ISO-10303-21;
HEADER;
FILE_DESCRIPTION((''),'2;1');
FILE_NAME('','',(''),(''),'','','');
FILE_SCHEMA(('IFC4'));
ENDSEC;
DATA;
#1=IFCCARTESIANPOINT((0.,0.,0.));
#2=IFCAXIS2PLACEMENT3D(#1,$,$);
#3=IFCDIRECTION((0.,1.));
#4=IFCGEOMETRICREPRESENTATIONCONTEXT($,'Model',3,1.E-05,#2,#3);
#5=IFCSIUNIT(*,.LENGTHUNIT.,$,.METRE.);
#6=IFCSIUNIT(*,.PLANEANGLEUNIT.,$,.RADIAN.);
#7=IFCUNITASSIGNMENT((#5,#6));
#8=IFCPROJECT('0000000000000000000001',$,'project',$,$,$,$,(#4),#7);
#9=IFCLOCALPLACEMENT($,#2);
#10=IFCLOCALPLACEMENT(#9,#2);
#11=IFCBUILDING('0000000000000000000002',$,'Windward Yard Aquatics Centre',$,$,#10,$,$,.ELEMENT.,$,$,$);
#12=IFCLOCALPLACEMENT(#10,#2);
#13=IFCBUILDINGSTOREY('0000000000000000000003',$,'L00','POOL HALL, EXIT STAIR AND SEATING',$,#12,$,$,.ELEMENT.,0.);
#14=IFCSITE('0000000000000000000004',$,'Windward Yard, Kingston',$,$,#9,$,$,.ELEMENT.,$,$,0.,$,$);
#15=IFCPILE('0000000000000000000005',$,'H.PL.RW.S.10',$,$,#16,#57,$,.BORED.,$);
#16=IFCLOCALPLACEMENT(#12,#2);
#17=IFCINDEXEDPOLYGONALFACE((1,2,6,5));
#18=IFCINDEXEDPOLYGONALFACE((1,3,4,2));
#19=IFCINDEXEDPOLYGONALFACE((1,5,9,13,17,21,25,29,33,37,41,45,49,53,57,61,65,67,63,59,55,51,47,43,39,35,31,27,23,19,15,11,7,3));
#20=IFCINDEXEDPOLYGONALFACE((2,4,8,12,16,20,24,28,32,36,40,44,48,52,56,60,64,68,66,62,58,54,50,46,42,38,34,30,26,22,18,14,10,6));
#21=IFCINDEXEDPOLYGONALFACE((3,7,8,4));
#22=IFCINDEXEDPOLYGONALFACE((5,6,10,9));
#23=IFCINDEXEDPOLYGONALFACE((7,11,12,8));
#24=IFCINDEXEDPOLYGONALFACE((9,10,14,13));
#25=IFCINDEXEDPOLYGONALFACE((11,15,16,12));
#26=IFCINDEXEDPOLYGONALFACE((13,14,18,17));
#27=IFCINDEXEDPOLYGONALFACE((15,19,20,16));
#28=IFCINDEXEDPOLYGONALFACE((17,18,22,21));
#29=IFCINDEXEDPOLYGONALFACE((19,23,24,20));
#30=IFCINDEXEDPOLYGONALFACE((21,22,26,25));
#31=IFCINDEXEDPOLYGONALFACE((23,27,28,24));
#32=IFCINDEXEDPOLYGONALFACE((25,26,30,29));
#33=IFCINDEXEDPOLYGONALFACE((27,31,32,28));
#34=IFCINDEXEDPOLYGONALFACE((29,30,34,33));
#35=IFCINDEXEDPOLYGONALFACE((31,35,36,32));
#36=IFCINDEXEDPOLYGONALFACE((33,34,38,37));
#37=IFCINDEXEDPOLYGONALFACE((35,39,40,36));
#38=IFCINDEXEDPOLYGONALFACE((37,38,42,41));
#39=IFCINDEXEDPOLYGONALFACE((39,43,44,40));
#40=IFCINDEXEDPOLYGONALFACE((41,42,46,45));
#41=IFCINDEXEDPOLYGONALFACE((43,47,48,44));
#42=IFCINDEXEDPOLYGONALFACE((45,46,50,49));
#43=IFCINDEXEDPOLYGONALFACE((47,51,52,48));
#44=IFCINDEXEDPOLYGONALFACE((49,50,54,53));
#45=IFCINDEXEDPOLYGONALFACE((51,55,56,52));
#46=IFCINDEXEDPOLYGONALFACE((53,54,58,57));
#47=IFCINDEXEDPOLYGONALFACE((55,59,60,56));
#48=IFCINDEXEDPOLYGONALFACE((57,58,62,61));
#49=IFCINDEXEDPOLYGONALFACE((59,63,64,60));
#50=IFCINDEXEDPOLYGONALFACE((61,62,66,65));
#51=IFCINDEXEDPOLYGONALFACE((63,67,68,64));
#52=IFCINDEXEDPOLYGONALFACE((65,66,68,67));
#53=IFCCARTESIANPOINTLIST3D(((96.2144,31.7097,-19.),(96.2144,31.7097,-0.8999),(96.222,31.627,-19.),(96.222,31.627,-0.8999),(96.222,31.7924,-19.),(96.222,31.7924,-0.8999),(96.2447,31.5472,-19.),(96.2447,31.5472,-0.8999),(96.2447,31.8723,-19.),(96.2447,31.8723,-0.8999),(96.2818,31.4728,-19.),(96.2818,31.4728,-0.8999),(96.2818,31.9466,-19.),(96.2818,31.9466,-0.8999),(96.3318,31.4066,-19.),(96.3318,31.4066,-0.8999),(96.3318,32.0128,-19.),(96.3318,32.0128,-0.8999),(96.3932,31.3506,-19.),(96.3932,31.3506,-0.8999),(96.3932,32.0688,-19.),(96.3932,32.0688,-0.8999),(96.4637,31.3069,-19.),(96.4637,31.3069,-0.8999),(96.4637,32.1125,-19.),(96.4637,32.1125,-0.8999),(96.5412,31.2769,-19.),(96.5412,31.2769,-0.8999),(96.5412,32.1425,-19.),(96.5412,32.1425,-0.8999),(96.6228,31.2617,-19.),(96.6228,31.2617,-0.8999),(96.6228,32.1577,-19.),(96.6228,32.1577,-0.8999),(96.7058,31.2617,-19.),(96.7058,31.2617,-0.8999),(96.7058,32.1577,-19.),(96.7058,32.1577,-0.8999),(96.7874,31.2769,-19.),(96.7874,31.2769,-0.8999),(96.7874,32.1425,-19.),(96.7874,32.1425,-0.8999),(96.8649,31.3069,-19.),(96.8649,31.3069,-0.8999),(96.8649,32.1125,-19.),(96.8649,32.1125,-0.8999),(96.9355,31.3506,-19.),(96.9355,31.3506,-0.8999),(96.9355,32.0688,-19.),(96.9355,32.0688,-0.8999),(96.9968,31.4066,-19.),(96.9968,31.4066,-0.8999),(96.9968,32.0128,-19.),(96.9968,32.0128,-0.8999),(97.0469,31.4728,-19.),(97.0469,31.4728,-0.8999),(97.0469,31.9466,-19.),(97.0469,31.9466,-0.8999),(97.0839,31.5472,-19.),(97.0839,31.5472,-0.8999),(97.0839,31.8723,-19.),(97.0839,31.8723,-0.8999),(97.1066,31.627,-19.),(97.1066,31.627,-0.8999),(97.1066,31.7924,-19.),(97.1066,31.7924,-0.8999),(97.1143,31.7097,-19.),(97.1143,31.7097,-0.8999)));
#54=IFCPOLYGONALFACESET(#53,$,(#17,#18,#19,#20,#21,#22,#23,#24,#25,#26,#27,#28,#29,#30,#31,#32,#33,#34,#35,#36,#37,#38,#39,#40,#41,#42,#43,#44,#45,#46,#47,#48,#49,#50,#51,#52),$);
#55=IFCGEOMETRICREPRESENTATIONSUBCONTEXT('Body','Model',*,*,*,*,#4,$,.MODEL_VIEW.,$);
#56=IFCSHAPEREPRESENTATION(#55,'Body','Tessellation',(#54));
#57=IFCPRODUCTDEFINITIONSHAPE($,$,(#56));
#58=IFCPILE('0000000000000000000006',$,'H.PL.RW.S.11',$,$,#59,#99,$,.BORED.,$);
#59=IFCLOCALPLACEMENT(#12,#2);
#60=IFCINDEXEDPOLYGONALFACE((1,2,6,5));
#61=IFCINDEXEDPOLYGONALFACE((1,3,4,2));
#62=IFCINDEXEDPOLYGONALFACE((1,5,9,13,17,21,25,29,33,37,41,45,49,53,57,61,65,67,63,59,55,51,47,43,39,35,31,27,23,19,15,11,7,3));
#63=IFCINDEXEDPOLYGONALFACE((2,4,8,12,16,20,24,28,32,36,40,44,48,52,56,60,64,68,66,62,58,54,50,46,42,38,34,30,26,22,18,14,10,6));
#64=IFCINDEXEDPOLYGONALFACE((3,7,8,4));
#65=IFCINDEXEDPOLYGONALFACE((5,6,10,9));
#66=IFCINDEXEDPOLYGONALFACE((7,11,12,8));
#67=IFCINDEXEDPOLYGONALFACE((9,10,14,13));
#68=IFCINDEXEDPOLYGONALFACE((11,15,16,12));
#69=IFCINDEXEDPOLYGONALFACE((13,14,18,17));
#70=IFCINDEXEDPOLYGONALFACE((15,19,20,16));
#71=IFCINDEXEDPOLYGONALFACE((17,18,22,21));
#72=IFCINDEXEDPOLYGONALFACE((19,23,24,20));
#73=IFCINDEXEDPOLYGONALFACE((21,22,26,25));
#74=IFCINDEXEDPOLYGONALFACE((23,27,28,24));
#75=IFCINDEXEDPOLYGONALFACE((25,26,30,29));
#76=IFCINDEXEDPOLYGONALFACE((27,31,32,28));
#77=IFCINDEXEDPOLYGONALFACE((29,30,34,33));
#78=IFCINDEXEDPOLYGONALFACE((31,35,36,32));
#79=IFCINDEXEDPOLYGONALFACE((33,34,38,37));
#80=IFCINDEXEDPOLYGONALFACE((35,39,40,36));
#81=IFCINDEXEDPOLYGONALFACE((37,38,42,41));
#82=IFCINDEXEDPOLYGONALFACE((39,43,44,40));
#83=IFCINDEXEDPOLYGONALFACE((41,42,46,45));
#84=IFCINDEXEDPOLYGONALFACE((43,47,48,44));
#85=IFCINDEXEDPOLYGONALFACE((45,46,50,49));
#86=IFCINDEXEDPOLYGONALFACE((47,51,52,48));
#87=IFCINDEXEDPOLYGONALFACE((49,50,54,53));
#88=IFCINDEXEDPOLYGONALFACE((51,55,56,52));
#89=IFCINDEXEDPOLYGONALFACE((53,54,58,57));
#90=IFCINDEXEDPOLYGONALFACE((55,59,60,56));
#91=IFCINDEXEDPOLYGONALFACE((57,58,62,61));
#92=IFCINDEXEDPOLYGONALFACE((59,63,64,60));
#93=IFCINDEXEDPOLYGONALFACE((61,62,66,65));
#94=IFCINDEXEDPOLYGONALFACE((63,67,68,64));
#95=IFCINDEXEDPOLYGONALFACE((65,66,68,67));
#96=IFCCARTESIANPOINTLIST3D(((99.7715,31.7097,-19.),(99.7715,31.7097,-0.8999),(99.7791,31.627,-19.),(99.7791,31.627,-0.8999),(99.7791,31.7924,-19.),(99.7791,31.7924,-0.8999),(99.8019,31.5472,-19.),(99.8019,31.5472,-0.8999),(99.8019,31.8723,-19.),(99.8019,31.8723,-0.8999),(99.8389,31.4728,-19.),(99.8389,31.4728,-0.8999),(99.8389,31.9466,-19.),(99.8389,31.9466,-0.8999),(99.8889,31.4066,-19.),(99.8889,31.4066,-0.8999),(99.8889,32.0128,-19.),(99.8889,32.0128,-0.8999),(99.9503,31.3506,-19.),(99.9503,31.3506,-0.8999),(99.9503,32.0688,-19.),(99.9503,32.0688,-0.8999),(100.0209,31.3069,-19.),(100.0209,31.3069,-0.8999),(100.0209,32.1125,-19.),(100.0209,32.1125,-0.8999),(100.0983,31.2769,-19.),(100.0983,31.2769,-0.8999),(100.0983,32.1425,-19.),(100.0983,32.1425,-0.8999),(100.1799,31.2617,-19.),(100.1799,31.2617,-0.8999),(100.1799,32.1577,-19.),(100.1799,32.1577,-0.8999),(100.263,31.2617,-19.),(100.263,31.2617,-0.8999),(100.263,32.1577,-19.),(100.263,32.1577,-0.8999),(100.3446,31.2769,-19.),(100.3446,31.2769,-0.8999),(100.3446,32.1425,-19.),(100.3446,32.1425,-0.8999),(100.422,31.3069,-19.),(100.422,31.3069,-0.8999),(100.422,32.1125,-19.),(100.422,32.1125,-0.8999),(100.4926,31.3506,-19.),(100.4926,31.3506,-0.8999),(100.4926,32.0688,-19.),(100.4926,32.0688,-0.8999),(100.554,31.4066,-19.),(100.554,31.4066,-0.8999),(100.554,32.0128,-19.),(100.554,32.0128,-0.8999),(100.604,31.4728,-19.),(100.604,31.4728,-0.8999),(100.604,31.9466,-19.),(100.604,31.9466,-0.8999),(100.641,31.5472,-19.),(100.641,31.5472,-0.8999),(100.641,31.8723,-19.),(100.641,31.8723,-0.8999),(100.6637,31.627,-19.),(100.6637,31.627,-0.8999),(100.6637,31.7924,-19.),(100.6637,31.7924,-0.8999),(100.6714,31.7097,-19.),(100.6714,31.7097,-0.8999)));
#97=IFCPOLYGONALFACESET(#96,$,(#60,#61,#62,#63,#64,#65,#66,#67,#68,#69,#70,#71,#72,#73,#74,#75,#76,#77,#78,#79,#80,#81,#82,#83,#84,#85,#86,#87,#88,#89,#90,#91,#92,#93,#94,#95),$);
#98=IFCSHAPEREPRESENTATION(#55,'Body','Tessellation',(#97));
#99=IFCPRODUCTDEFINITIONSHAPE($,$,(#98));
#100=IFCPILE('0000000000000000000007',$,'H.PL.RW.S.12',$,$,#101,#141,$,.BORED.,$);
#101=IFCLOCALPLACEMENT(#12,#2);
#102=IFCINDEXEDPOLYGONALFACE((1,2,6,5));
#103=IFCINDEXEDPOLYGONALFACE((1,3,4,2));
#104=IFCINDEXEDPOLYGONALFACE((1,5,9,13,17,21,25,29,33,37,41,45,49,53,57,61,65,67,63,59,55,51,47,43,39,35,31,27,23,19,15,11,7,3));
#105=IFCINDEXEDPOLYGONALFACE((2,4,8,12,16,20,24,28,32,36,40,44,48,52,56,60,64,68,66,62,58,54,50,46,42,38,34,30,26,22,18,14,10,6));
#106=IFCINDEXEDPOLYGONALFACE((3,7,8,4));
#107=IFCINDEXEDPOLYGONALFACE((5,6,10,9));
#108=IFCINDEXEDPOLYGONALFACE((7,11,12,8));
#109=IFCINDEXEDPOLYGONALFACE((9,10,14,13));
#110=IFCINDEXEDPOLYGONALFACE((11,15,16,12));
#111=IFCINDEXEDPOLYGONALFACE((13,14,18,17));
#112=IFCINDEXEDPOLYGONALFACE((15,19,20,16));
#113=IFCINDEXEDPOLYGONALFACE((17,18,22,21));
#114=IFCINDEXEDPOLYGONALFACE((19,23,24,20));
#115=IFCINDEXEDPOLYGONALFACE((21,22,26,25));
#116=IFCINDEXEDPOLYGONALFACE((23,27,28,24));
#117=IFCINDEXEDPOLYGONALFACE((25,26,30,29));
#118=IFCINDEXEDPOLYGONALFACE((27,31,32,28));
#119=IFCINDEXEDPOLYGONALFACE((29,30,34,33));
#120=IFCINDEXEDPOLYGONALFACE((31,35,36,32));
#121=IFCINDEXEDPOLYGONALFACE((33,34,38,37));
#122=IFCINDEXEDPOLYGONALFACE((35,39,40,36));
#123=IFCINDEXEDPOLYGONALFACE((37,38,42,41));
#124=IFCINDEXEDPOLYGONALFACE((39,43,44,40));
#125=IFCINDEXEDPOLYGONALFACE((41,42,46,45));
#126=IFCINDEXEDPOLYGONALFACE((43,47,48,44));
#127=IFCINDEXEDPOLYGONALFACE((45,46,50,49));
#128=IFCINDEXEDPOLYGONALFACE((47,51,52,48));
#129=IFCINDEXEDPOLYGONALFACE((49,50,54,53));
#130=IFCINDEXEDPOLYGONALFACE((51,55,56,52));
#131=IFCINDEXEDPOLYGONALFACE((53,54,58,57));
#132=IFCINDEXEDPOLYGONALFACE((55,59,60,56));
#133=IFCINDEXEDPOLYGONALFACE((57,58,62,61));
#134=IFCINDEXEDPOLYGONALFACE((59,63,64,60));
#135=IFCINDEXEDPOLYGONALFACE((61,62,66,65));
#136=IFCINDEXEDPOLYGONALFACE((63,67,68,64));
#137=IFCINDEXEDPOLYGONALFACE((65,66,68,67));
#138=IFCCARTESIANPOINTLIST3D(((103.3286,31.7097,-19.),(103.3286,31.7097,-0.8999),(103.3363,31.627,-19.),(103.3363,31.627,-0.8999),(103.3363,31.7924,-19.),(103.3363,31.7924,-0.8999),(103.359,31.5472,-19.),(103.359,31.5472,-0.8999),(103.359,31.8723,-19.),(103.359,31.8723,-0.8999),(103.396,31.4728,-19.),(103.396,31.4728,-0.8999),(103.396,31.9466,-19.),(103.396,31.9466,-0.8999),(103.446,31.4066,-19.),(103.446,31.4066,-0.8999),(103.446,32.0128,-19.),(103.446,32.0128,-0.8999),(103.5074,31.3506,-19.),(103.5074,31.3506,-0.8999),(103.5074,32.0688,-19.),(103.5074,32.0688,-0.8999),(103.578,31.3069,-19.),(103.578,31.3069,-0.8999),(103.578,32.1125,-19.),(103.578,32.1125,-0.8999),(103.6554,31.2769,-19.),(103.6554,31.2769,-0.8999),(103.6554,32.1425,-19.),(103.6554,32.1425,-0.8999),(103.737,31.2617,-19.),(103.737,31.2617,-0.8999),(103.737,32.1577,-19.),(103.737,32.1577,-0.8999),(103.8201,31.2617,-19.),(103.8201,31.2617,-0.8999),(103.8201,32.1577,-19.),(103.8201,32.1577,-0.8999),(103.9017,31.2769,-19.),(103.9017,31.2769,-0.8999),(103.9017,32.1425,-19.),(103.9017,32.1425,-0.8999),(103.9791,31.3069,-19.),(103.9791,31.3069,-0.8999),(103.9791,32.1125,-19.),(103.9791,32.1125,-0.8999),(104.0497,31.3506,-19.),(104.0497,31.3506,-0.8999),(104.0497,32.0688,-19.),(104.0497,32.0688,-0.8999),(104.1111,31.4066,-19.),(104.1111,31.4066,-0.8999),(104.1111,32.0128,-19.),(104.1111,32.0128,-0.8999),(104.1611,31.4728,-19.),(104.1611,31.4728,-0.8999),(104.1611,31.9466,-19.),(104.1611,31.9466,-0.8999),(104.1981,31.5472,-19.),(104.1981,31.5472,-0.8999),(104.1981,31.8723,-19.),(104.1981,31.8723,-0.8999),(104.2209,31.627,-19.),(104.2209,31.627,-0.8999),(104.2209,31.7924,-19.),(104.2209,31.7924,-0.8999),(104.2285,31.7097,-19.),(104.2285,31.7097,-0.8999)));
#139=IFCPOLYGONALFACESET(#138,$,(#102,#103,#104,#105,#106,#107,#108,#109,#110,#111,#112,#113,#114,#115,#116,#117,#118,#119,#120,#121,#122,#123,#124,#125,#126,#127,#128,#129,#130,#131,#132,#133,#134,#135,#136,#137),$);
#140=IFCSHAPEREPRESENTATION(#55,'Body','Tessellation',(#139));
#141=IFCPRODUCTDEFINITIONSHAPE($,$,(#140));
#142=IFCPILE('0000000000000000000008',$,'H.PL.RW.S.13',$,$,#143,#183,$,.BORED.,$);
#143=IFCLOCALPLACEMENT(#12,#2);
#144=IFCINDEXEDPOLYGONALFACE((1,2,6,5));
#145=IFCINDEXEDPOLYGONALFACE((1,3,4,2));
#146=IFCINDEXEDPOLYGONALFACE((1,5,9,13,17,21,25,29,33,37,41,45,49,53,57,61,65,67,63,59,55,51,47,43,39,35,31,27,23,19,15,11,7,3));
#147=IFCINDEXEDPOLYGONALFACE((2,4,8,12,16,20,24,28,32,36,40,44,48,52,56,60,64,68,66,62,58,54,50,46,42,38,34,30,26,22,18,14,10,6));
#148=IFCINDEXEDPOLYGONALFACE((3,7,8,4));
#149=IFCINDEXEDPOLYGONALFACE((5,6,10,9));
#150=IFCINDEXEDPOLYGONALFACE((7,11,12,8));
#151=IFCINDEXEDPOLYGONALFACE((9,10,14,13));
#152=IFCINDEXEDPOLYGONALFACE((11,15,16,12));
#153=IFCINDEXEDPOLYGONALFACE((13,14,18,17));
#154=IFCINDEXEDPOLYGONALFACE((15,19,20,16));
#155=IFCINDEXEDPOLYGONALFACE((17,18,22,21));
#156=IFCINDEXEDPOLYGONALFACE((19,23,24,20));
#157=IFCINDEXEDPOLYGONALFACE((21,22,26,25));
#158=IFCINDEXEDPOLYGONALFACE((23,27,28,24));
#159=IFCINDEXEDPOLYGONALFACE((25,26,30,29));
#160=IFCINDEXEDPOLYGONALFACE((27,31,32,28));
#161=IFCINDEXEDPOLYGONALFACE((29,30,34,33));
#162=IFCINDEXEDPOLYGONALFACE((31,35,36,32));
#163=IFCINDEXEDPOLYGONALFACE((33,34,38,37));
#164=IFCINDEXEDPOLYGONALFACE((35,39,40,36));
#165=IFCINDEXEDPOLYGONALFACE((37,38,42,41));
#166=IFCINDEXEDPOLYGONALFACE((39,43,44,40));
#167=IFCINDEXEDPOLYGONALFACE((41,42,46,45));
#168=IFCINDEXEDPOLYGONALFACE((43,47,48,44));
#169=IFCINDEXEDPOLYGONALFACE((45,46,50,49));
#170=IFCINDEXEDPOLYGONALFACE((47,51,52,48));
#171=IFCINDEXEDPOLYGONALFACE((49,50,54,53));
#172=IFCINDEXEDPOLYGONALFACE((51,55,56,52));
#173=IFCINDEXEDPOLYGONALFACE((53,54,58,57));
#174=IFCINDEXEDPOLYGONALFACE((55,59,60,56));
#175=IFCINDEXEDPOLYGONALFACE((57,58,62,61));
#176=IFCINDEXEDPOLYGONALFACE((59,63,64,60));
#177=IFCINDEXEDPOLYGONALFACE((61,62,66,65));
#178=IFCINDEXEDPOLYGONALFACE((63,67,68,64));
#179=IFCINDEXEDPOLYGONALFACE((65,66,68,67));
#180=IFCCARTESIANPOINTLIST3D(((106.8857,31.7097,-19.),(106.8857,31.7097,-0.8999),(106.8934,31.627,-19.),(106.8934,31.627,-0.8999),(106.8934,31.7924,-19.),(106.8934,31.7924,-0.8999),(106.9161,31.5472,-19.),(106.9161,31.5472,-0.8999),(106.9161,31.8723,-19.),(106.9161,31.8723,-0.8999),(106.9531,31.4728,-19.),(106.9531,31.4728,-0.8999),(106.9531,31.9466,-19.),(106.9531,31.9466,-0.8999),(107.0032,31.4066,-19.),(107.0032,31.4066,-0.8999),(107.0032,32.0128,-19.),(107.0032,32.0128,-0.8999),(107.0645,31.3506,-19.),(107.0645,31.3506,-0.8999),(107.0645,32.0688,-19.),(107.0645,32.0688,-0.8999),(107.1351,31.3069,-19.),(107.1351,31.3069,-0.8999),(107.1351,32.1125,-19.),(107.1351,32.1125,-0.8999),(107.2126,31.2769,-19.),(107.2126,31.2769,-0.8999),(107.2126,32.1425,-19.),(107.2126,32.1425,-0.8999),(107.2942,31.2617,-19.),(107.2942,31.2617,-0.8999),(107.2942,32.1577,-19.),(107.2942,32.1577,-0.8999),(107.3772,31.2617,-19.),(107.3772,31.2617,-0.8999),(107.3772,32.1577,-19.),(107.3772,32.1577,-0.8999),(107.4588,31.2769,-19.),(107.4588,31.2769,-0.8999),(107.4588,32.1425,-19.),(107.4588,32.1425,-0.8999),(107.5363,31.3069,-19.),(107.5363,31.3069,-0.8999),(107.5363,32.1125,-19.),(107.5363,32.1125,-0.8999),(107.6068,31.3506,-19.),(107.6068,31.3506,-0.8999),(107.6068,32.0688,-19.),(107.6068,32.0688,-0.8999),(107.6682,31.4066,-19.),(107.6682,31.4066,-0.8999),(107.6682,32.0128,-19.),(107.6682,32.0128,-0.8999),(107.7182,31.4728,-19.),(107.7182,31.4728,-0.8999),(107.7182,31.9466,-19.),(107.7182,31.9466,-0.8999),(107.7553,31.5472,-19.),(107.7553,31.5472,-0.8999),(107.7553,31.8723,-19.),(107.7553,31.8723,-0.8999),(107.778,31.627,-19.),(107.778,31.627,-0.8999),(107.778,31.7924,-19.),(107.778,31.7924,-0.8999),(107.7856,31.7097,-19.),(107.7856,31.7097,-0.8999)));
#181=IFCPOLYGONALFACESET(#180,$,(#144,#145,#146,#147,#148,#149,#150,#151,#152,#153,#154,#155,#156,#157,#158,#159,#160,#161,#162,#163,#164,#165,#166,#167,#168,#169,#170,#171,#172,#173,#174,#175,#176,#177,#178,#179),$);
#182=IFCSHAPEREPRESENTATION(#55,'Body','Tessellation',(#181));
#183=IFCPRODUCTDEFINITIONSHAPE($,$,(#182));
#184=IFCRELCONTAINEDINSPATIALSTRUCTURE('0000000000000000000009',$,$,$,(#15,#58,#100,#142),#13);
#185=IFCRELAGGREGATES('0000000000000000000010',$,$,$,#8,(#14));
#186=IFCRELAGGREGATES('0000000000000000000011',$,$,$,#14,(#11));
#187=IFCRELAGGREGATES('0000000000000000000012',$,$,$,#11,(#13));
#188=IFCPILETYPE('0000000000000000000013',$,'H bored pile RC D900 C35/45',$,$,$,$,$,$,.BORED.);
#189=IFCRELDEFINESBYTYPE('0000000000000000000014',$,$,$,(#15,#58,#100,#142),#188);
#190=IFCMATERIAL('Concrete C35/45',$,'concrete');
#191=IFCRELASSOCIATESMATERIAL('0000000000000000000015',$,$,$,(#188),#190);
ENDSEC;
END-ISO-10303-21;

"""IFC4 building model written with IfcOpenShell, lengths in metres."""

from ifc_helpers import new_model, si_unit, direction, frame, origin, origin_2d, place, context, subcontext, project, spatial, circle, extrude, material, material_profile, profile_set, type_object, element, save


model = new_model("IFC4")

# Units and contexts
model_context = context("Model", 3, precision=1e-05, world=origin(), true_north=direction((0.0, 1.0)))
body_context = subcontext(model_context, "Body", "Model", "MODEL_VIEW")
ifc_project = project(units=[si_unit("LENGTHUNIT", "METRE"), si_unit("PLANEANGLEUNIT", "RADIAN")], contexts=[model_context])

# Site, building, storey
site_placement = place(None, origin())
site = spatial("IfcSite", under=ifc_project, at=site_placement, Name="Windward Yard, Kingston", CompositionType="ELEMENT", RefElevation=0.0)
building_placement = place(site_placement, origin())
building = spatial("IfcBuilding", under=site, at=building_placement, Name="Windward Yard Aquatics Centre", CompositionType="ELEMENT")
storey_placement = place(building_placement, origin())
storey = spatial("IfcBuildingStorey", under=building, at=storey_placement, Name="L00", Description="POOL HALL, EXIT STAIR AND SEATING", CompositionType="ELEMENT", Elevation=0.0)

# Piles
ifc_material = material(Name="Concrete C35/45", Category="concrete")
ifc_material_profile_1 = material_profile(ifc_material, circle(Radius=0.45, at=origin_2d()), Name="RC D900")
ifc_profile_set_1 = profile_set([ifc_material_profile_1], Name="Concrete C35/45")
pile_type = type_object("IfcPileType", Name="H bored pile RC D900 C35/45", PredefinedType="BORED", material=ifc_profile_set_1)
for number, where, z_axis, x_axis, name in (
    (1, (96.6643, 31.7097, -0.8999), (0.0, 0.0, -1.0), (1.0, 0.0, 0.0), "H.PL.RW.S.10"),
    (2, (100.2214, 31.7097, -0.8999), (0.0, 0.0, -1.0), (1.0, 0.0, 0.0), "H.PL.RW.S.11"),
    (3, (103.7786, 31.7097, -0.8999), (0.0, 0.0, -1.0), (1.0, 0.0, 0.0), "H.PL.RW.S.12"),
    (4, (107.3357, 31.7097, -0.8999), (0.0, 0.0, -1.0), (1.0, 0.0, 0.0), "H.PL.RW.S.13"),
):
    element("IfcPile", number, at=place(storey_placement, frame(where, z_axis=z_axis, x_axis=x_axis)), inside=storey, type_object=pile_type, Name=name, PredefinedType="BORED", context=body_context, shape_type="SweptSolid", body=[
        extrude(circle(Radius=0.45, at=origin_2d()), origin(), (0.0, 0.0, 1.0), 18.1001),
    ])

save(model, "model.ifc")
